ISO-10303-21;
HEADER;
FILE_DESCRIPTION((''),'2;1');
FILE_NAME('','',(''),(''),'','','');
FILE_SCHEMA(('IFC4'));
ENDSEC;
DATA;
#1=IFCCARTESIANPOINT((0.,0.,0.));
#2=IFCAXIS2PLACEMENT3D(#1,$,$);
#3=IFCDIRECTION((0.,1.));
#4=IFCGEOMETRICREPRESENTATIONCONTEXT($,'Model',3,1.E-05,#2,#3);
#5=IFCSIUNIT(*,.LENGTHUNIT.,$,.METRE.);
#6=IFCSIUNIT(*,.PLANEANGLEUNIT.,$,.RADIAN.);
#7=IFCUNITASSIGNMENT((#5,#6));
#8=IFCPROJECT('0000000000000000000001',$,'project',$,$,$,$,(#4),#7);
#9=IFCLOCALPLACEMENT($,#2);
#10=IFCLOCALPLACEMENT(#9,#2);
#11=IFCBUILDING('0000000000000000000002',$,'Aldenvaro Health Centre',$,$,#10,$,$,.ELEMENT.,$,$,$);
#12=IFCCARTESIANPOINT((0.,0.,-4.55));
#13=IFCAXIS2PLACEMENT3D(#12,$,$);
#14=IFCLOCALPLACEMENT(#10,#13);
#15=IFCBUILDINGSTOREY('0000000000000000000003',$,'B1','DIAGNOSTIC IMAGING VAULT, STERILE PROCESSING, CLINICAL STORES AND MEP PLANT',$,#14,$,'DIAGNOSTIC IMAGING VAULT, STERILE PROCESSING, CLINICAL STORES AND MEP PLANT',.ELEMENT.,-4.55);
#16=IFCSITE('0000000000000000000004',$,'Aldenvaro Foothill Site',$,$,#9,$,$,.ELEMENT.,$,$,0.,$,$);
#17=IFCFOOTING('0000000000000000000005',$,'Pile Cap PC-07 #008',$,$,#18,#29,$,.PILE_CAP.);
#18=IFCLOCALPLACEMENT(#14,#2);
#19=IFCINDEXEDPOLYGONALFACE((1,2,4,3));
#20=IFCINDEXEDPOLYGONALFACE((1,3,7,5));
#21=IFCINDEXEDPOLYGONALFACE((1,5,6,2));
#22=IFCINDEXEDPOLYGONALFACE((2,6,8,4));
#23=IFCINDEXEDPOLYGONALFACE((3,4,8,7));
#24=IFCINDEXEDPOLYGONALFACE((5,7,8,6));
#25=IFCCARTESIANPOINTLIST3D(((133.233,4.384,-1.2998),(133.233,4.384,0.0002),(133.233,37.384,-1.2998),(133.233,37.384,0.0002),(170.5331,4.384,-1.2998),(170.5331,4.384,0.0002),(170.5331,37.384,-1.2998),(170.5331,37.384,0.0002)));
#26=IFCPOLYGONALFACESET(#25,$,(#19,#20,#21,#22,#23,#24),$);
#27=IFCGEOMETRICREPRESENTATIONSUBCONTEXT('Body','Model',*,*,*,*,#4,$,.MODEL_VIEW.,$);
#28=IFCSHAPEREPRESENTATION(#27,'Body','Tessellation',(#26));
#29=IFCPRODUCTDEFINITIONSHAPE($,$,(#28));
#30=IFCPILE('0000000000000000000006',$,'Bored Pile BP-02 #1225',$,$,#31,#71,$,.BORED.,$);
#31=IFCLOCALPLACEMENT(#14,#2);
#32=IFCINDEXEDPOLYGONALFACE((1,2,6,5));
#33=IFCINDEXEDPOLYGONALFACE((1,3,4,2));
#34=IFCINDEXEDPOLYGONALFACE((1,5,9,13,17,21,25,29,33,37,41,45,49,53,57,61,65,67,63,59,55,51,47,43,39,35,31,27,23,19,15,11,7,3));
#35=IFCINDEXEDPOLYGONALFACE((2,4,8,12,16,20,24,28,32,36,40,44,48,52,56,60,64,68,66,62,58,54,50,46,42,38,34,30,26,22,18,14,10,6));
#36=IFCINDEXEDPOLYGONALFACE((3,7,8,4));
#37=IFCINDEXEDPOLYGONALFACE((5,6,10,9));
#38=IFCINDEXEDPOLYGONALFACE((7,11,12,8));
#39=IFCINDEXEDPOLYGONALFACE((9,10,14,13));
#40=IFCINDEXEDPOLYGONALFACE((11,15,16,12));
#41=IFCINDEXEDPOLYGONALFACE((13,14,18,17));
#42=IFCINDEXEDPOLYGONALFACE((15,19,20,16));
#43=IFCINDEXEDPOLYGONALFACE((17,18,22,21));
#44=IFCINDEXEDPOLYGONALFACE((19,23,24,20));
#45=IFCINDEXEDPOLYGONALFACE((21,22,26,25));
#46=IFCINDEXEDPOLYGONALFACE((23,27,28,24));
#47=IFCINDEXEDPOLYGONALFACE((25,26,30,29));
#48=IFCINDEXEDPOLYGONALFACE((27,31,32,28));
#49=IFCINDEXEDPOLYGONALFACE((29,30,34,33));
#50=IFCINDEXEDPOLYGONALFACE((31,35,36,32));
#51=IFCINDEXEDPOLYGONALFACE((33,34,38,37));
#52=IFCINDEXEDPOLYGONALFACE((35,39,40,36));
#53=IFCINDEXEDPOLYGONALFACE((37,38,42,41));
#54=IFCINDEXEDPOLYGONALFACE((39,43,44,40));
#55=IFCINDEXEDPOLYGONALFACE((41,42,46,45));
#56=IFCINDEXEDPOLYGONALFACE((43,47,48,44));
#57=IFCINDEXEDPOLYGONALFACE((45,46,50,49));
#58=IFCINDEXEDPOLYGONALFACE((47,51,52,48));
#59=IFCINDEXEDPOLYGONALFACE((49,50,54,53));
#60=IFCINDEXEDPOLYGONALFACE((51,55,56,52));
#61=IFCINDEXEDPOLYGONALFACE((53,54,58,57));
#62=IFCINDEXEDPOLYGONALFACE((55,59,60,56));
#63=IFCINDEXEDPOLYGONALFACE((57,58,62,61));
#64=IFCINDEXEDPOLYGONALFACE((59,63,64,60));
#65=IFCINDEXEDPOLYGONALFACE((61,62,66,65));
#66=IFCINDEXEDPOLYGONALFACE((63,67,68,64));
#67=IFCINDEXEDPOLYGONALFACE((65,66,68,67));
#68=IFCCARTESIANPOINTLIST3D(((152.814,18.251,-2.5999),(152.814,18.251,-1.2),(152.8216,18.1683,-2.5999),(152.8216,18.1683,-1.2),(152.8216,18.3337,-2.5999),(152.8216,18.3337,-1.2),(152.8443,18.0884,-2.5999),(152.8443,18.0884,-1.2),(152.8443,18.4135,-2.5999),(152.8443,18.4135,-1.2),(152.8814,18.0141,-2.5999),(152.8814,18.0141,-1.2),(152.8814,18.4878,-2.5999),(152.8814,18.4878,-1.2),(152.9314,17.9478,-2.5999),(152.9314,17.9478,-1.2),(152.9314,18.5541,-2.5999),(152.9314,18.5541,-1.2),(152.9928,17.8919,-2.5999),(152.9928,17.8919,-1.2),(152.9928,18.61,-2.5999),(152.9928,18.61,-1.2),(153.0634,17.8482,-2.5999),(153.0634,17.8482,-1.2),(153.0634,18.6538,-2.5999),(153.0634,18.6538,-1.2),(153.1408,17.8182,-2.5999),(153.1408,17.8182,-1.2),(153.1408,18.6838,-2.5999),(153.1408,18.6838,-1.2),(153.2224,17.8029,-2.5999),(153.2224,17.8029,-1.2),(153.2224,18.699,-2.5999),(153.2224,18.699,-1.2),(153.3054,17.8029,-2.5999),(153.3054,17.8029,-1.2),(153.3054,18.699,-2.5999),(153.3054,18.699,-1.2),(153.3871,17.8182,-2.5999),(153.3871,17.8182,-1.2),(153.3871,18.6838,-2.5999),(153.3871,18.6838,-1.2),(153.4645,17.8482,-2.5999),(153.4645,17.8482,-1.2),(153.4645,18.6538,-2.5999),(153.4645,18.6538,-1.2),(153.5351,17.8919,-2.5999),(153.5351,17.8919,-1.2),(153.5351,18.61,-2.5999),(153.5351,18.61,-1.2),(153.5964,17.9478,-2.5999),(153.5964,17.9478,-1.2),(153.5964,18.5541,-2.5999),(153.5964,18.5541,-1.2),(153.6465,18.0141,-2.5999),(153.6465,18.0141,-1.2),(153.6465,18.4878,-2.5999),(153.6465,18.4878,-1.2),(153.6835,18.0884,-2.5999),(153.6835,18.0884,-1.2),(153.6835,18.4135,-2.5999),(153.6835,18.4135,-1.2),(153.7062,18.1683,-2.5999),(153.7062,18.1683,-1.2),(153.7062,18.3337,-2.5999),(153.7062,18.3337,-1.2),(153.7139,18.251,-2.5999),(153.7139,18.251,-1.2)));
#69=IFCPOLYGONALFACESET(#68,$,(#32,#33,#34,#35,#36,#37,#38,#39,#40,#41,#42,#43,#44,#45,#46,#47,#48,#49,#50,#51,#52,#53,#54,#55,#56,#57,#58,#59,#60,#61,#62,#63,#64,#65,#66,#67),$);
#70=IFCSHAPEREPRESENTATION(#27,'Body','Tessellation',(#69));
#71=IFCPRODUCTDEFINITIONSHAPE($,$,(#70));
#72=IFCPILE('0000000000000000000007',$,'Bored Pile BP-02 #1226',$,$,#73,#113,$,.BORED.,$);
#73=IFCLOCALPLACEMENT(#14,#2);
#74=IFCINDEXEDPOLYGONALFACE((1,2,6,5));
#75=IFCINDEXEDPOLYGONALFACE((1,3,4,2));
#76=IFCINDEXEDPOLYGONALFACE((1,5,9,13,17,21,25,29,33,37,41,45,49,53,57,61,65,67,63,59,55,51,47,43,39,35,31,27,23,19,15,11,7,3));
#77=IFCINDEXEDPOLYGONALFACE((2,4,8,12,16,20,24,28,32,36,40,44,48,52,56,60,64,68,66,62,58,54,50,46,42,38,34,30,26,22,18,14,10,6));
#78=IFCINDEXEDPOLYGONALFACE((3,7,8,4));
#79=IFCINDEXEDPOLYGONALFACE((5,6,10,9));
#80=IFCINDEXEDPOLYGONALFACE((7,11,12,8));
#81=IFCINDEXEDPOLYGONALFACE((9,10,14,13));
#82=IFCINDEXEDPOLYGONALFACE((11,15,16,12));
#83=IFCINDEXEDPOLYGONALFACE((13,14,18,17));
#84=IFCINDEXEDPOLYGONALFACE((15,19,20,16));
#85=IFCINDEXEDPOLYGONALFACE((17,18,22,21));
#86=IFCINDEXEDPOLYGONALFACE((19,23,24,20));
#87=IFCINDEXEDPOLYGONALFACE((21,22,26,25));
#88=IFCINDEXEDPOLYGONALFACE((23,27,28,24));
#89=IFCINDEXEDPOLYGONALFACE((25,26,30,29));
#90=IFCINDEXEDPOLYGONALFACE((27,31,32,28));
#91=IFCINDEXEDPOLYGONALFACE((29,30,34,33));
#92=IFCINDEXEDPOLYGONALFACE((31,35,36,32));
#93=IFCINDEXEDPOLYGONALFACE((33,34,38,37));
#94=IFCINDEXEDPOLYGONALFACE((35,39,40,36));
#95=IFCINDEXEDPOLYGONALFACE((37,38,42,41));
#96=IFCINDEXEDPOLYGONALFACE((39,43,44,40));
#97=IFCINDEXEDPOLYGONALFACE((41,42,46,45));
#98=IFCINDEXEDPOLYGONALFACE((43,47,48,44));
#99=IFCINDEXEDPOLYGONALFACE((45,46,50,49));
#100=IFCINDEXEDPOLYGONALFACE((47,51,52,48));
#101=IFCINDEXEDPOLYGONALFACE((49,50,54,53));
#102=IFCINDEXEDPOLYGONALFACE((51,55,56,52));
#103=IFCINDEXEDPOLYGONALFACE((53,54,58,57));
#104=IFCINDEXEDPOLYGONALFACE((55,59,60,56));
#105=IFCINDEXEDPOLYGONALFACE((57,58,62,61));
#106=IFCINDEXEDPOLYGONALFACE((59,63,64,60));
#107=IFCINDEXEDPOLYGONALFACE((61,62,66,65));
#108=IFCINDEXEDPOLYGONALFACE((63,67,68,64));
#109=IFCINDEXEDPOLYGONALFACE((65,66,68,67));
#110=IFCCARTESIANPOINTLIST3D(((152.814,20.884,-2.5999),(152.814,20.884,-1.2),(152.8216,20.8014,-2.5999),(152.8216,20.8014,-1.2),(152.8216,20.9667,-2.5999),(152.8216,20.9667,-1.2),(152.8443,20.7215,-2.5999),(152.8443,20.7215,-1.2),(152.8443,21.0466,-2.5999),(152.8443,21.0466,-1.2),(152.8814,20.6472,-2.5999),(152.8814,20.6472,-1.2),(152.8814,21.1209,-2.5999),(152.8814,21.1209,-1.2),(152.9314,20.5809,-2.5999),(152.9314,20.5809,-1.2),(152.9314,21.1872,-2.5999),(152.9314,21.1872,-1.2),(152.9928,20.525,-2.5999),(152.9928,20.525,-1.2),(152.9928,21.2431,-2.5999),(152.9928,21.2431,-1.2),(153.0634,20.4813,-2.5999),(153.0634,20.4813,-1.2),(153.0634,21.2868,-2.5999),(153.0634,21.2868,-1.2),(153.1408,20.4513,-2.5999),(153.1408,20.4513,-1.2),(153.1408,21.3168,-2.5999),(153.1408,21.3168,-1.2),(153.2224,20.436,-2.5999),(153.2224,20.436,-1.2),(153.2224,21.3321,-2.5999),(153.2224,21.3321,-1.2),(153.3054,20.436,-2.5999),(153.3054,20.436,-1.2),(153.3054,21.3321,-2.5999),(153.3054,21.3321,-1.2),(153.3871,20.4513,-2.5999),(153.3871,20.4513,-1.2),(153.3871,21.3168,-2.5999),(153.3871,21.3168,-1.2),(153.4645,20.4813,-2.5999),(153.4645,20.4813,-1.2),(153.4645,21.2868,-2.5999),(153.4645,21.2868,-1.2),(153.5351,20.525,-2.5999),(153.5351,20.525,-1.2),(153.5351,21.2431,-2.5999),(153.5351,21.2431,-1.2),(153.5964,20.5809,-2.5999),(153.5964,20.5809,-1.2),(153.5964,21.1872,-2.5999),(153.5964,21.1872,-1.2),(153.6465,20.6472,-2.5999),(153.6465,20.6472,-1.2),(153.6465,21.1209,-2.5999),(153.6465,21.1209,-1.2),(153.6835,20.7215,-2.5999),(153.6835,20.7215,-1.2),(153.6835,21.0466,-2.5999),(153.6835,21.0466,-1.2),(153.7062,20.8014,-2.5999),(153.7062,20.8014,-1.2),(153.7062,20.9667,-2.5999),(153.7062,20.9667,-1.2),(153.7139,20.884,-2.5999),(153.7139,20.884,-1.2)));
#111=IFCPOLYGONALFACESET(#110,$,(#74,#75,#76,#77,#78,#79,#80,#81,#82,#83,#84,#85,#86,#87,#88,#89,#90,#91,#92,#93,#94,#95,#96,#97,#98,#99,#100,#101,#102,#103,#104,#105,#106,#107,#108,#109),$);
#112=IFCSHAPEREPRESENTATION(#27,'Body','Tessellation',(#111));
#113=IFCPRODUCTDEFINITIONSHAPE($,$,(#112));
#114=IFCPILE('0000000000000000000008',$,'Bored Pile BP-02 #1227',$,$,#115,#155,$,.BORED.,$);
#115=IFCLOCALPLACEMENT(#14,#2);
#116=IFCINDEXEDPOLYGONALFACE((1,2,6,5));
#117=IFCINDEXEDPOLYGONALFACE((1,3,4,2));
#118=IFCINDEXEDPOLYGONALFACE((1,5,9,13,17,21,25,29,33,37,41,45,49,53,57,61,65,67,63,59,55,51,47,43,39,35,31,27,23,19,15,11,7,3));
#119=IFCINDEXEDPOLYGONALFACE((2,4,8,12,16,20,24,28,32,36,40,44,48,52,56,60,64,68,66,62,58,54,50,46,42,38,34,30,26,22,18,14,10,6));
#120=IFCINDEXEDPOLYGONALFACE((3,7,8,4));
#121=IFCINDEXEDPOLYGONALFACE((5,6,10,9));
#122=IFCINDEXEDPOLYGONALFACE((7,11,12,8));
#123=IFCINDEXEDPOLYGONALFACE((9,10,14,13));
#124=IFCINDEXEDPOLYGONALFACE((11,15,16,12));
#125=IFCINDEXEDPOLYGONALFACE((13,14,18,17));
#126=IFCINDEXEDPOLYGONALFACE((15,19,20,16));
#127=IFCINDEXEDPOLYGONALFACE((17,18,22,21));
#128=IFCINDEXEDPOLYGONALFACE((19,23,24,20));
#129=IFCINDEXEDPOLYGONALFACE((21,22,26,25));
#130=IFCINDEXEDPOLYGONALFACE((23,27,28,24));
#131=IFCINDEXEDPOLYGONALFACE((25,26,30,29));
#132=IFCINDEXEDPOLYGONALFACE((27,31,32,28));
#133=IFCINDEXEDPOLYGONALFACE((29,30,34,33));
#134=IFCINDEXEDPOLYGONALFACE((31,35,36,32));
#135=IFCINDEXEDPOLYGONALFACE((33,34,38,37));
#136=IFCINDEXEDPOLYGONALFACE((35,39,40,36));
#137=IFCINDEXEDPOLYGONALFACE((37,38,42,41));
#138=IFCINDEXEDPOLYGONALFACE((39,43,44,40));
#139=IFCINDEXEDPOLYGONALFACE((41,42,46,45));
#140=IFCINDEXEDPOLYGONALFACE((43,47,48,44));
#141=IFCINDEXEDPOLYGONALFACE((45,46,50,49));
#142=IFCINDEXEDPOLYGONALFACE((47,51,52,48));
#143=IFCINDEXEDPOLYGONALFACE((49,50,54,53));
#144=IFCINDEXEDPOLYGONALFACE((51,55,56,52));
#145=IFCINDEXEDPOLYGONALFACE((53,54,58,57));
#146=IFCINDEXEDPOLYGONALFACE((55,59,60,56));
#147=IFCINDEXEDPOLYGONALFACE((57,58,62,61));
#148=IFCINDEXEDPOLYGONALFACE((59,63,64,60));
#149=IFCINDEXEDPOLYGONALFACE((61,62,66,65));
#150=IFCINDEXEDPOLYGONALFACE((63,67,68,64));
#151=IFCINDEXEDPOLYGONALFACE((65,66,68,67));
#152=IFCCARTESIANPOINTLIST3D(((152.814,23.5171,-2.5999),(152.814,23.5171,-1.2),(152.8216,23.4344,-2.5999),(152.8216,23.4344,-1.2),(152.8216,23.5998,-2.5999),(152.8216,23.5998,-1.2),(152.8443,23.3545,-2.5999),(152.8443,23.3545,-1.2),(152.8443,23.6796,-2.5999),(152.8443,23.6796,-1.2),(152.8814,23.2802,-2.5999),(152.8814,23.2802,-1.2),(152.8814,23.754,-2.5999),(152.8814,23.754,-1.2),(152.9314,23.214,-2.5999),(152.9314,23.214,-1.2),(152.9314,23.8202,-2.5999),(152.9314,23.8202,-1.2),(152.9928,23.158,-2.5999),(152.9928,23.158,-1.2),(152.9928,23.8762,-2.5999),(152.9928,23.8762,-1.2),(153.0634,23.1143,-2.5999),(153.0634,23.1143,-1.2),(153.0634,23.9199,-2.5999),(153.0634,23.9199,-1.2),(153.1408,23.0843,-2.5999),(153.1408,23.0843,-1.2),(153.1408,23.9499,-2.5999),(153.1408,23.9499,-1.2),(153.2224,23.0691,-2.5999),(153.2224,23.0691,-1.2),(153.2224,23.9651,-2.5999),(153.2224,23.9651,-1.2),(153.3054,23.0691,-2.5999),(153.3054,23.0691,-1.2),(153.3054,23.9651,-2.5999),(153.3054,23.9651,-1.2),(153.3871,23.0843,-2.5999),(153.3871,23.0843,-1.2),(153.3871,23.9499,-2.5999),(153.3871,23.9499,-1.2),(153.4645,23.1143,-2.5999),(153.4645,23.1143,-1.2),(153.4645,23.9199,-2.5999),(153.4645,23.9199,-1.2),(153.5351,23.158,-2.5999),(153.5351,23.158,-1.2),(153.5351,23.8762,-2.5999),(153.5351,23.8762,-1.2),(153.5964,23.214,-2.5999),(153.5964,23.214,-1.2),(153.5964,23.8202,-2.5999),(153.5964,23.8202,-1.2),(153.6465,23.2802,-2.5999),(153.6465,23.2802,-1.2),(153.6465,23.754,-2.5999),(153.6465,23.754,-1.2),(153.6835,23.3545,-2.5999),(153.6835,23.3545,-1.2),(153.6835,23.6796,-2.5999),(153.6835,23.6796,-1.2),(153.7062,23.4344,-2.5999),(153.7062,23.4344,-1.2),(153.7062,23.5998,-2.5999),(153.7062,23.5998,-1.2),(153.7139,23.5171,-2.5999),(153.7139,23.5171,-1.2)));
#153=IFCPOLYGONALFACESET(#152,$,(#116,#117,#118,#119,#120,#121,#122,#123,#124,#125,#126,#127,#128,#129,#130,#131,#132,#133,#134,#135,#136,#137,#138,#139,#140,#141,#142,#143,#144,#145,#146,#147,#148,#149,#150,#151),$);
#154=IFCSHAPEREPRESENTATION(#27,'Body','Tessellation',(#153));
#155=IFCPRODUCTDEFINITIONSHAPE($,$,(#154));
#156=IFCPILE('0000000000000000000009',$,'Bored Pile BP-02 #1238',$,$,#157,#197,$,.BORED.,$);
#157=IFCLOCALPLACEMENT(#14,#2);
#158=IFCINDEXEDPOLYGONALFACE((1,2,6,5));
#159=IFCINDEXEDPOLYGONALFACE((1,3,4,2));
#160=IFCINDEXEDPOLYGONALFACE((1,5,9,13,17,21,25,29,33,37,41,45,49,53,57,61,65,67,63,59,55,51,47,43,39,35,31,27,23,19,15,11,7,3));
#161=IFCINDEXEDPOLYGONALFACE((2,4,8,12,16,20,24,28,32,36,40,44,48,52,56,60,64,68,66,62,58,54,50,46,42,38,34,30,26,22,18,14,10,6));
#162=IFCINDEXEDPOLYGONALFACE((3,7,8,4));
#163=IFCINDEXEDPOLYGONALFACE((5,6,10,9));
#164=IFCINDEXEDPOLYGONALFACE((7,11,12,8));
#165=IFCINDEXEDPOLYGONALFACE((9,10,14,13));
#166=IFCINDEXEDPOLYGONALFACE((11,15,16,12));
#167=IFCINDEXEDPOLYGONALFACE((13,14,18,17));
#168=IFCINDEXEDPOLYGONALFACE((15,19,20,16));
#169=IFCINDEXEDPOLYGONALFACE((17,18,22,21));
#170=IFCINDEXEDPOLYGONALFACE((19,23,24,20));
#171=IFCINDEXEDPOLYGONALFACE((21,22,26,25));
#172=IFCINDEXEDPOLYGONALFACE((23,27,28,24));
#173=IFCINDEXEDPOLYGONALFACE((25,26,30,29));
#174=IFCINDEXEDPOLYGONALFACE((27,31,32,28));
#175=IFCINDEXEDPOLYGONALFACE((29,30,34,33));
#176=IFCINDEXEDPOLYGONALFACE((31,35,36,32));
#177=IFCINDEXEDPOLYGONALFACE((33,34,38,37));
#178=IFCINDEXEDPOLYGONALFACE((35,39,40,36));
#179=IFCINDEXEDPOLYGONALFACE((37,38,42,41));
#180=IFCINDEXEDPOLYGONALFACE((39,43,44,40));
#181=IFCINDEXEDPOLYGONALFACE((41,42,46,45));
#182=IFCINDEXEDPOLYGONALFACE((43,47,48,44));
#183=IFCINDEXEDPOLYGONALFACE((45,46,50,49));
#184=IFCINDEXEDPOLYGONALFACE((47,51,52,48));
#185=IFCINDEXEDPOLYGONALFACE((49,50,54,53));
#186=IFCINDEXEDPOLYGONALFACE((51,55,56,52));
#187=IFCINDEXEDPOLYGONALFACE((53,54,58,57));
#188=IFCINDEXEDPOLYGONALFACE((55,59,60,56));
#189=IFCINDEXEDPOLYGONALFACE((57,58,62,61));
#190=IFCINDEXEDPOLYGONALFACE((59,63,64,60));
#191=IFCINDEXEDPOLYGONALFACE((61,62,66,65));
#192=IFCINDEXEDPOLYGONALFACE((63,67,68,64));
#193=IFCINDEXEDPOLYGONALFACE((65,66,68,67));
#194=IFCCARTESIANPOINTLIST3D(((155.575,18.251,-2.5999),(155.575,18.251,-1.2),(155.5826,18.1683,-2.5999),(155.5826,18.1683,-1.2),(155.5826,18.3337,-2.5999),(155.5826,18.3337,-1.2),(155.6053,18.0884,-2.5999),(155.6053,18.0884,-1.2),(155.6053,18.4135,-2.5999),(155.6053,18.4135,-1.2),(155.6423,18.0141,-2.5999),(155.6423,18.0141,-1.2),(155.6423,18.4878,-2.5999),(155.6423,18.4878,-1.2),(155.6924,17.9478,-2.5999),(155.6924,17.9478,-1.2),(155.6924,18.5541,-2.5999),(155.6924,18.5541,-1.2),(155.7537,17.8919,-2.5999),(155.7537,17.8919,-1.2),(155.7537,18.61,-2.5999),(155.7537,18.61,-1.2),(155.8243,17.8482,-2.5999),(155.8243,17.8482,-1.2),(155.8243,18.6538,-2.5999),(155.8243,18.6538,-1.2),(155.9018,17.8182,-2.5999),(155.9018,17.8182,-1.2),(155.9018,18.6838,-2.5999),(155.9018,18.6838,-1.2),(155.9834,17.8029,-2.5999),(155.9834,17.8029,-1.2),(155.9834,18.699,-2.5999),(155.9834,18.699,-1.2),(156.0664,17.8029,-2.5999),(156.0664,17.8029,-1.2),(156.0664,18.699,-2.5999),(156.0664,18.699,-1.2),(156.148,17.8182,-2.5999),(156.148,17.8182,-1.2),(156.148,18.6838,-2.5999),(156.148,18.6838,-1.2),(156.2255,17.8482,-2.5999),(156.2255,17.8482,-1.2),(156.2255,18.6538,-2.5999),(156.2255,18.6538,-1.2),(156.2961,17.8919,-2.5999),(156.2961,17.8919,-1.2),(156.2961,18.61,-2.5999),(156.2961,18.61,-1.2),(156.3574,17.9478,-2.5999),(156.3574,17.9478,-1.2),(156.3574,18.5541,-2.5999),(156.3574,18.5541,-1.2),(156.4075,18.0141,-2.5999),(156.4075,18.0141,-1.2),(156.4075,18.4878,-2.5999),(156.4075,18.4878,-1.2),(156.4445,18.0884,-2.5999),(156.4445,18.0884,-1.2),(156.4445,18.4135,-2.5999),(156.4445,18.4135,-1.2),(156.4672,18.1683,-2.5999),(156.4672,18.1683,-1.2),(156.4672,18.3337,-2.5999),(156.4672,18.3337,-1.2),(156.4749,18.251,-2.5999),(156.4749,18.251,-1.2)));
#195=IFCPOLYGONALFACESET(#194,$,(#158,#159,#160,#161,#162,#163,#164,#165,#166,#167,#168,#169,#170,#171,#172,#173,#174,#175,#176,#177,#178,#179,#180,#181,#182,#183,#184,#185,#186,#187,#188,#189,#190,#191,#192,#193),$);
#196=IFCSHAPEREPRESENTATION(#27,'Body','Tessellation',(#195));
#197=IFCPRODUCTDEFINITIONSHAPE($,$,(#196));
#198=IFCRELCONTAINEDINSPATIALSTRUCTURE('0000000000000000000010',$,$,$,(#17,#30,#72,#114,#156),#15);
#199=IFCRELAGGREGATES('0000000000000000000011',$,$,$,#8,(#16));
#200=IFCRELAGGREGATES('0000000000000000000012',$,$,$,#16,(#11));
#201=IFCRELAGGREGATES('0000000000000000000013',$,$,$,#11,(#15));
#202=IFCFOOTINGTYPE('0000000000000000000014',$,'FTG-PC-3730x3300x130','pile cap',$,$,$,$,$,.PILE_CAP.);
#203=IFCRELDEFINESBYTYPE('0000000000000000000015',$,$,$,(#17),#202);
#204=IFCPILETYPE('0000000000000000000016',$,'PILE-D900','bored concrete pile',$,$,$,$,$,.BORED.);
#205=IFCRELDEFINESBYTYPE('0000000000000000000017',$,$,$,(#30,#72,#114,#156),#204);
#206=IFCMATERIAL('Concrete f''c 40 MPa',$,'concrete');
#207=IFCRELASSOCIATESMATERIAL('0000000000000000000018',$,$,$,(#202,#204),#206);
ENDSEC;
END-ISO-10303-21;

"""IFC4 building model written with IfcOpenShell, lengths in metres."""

from ifc_helpers import new_model, si_unit, direction, frame, origin, origin_2d, place, context, subcontext, project, spatial, rectangle, circle, extrude, material, material_profile, profile_set, type_object, element, save


model = new_model("IFC4")

# Units and contexts
model_context = context("Model", 3, precision=1e-05, world=origin(), true_north=direction((0.0, 1.0)))
body_context = subcontext(model_context, "Body", "Model", "MODEL_VIEW")
ifc_project = project(units=[si_unit("LENGTHUNIT", "METRE"), si_unit("PLANEANGLEUNIT", "RADIAN")], contexts=[model_context])

# Site, building, storey
site_placement = place(None, origin())
site = spatial("IfcSite", under=ifc_project, at=site_placement, Name="Aldenvaro Foothill Site", CompositionType="ELEMENT", RefElevation=0.0)
building_placement = place(site_placement, origin())
building = spatial("IfcBuilding", under=site, at=building_placement, Name="Aldenvaro Health Centre", CompositionType="ELEMENT")
storey_placement = place(building_placement, frame((0.0, 0.0, -4.55)))
storey = spatial("IfcBuildingStorey", under=building, at=storey_placement, Name="B1", Description="DIAGNOSTIC IMAGING VAULT, STERILE PROCESSING, CLINICAL STORES AND MEP PLANT", LongName="DIAGNOSTIC IMAGING VAULT, STERILE PROCESSING, CLINICAL STORES AND MEP PLANT", CompositionType="ELEMENT", Elevation=-4.55)

# Footing
ifc_material_1 = material(Name="Concrete f'c 40 MPa", Category="concrete")
footing_type = type_object("IfcFootingType", Name="FTG-PC-3730x3300x130", Description="pile cap", PredefinedType="PILE_CAP", material=ifc_material_1)
footing_placement = place(storey_placement, frame((151.8831, 20.884, -1.2998), z_axis=(0.0, 0.0, 1.0), x_axis=(1.0, 0.0, 0.0)))
element("IfcFooting", 1, at=footing_placement, inside=storey, type_object=footing_type, Name="Pile Cap PC-07 #008", PredefinedType="PILE_CAP", context=body_context, shape_type="SweptSolid", body=[
    extrude(rectangle(XDim=37.3, YDim=33.0, at=origin_2d()), origin(), (0.0, 0.0, 1.0), 1.3),
])

# Piles
ifc_material_profile_1 = material_profile(ifc_material_1, circle(Radius=0.45, at=origin_2d()), Name="PILE D900", Category="concrete")
ifc_profile_set_1 = profile_set([ifc_material_profile_1], Name="Concrete f'c 40 MPa")
pile_type = type_object("IfcPileType", Name="PILE-D900", Description="bored concrete pile", PredefinedType="BORED", material=ifc_profile_set_1)
for number, where, z_axis, x_axis, name in (
    (2, (153.2639, 18.251, -1.2), (0.0, 0.0, -1.0), (1.0, 0.0, 0.0), "Bored Pile BP-02 #1225"),
    (3, (153.2639, 20.884, -1.2), (0.0, 0.0, -1.0), (1.0, 0.0, 0.0), "Bored Pile BP-02 #1226"),
    (4, (153.2639, 23.5171, -1.2), (0.0, 0.0, -1.0), (1.0, 0.0, 0.0), "Bored Pile BP-02 #1227"),
    (5, (156.0249, 18.251, -1.2), (0.0, 0.0, -1.0), (1.0, 0.0, 0.0), "Bored Pile BP-02 #1238"),
):
    element("IfcPile", number, at=place(storey_placement, frame(where, z_axis=z_axis, x_axis=x_axis)), inside=storey, type_object=pile_type, Name=name, PredefinedType="BORED", context=body_context, shape_type="SweptSolid", body=[
        extrude(circle(Radius=0.45, at=origin_2d()), origin(), (0.0, 0.0, 1.0), 1.3999),
    ])

save(model, "model.ifc")
